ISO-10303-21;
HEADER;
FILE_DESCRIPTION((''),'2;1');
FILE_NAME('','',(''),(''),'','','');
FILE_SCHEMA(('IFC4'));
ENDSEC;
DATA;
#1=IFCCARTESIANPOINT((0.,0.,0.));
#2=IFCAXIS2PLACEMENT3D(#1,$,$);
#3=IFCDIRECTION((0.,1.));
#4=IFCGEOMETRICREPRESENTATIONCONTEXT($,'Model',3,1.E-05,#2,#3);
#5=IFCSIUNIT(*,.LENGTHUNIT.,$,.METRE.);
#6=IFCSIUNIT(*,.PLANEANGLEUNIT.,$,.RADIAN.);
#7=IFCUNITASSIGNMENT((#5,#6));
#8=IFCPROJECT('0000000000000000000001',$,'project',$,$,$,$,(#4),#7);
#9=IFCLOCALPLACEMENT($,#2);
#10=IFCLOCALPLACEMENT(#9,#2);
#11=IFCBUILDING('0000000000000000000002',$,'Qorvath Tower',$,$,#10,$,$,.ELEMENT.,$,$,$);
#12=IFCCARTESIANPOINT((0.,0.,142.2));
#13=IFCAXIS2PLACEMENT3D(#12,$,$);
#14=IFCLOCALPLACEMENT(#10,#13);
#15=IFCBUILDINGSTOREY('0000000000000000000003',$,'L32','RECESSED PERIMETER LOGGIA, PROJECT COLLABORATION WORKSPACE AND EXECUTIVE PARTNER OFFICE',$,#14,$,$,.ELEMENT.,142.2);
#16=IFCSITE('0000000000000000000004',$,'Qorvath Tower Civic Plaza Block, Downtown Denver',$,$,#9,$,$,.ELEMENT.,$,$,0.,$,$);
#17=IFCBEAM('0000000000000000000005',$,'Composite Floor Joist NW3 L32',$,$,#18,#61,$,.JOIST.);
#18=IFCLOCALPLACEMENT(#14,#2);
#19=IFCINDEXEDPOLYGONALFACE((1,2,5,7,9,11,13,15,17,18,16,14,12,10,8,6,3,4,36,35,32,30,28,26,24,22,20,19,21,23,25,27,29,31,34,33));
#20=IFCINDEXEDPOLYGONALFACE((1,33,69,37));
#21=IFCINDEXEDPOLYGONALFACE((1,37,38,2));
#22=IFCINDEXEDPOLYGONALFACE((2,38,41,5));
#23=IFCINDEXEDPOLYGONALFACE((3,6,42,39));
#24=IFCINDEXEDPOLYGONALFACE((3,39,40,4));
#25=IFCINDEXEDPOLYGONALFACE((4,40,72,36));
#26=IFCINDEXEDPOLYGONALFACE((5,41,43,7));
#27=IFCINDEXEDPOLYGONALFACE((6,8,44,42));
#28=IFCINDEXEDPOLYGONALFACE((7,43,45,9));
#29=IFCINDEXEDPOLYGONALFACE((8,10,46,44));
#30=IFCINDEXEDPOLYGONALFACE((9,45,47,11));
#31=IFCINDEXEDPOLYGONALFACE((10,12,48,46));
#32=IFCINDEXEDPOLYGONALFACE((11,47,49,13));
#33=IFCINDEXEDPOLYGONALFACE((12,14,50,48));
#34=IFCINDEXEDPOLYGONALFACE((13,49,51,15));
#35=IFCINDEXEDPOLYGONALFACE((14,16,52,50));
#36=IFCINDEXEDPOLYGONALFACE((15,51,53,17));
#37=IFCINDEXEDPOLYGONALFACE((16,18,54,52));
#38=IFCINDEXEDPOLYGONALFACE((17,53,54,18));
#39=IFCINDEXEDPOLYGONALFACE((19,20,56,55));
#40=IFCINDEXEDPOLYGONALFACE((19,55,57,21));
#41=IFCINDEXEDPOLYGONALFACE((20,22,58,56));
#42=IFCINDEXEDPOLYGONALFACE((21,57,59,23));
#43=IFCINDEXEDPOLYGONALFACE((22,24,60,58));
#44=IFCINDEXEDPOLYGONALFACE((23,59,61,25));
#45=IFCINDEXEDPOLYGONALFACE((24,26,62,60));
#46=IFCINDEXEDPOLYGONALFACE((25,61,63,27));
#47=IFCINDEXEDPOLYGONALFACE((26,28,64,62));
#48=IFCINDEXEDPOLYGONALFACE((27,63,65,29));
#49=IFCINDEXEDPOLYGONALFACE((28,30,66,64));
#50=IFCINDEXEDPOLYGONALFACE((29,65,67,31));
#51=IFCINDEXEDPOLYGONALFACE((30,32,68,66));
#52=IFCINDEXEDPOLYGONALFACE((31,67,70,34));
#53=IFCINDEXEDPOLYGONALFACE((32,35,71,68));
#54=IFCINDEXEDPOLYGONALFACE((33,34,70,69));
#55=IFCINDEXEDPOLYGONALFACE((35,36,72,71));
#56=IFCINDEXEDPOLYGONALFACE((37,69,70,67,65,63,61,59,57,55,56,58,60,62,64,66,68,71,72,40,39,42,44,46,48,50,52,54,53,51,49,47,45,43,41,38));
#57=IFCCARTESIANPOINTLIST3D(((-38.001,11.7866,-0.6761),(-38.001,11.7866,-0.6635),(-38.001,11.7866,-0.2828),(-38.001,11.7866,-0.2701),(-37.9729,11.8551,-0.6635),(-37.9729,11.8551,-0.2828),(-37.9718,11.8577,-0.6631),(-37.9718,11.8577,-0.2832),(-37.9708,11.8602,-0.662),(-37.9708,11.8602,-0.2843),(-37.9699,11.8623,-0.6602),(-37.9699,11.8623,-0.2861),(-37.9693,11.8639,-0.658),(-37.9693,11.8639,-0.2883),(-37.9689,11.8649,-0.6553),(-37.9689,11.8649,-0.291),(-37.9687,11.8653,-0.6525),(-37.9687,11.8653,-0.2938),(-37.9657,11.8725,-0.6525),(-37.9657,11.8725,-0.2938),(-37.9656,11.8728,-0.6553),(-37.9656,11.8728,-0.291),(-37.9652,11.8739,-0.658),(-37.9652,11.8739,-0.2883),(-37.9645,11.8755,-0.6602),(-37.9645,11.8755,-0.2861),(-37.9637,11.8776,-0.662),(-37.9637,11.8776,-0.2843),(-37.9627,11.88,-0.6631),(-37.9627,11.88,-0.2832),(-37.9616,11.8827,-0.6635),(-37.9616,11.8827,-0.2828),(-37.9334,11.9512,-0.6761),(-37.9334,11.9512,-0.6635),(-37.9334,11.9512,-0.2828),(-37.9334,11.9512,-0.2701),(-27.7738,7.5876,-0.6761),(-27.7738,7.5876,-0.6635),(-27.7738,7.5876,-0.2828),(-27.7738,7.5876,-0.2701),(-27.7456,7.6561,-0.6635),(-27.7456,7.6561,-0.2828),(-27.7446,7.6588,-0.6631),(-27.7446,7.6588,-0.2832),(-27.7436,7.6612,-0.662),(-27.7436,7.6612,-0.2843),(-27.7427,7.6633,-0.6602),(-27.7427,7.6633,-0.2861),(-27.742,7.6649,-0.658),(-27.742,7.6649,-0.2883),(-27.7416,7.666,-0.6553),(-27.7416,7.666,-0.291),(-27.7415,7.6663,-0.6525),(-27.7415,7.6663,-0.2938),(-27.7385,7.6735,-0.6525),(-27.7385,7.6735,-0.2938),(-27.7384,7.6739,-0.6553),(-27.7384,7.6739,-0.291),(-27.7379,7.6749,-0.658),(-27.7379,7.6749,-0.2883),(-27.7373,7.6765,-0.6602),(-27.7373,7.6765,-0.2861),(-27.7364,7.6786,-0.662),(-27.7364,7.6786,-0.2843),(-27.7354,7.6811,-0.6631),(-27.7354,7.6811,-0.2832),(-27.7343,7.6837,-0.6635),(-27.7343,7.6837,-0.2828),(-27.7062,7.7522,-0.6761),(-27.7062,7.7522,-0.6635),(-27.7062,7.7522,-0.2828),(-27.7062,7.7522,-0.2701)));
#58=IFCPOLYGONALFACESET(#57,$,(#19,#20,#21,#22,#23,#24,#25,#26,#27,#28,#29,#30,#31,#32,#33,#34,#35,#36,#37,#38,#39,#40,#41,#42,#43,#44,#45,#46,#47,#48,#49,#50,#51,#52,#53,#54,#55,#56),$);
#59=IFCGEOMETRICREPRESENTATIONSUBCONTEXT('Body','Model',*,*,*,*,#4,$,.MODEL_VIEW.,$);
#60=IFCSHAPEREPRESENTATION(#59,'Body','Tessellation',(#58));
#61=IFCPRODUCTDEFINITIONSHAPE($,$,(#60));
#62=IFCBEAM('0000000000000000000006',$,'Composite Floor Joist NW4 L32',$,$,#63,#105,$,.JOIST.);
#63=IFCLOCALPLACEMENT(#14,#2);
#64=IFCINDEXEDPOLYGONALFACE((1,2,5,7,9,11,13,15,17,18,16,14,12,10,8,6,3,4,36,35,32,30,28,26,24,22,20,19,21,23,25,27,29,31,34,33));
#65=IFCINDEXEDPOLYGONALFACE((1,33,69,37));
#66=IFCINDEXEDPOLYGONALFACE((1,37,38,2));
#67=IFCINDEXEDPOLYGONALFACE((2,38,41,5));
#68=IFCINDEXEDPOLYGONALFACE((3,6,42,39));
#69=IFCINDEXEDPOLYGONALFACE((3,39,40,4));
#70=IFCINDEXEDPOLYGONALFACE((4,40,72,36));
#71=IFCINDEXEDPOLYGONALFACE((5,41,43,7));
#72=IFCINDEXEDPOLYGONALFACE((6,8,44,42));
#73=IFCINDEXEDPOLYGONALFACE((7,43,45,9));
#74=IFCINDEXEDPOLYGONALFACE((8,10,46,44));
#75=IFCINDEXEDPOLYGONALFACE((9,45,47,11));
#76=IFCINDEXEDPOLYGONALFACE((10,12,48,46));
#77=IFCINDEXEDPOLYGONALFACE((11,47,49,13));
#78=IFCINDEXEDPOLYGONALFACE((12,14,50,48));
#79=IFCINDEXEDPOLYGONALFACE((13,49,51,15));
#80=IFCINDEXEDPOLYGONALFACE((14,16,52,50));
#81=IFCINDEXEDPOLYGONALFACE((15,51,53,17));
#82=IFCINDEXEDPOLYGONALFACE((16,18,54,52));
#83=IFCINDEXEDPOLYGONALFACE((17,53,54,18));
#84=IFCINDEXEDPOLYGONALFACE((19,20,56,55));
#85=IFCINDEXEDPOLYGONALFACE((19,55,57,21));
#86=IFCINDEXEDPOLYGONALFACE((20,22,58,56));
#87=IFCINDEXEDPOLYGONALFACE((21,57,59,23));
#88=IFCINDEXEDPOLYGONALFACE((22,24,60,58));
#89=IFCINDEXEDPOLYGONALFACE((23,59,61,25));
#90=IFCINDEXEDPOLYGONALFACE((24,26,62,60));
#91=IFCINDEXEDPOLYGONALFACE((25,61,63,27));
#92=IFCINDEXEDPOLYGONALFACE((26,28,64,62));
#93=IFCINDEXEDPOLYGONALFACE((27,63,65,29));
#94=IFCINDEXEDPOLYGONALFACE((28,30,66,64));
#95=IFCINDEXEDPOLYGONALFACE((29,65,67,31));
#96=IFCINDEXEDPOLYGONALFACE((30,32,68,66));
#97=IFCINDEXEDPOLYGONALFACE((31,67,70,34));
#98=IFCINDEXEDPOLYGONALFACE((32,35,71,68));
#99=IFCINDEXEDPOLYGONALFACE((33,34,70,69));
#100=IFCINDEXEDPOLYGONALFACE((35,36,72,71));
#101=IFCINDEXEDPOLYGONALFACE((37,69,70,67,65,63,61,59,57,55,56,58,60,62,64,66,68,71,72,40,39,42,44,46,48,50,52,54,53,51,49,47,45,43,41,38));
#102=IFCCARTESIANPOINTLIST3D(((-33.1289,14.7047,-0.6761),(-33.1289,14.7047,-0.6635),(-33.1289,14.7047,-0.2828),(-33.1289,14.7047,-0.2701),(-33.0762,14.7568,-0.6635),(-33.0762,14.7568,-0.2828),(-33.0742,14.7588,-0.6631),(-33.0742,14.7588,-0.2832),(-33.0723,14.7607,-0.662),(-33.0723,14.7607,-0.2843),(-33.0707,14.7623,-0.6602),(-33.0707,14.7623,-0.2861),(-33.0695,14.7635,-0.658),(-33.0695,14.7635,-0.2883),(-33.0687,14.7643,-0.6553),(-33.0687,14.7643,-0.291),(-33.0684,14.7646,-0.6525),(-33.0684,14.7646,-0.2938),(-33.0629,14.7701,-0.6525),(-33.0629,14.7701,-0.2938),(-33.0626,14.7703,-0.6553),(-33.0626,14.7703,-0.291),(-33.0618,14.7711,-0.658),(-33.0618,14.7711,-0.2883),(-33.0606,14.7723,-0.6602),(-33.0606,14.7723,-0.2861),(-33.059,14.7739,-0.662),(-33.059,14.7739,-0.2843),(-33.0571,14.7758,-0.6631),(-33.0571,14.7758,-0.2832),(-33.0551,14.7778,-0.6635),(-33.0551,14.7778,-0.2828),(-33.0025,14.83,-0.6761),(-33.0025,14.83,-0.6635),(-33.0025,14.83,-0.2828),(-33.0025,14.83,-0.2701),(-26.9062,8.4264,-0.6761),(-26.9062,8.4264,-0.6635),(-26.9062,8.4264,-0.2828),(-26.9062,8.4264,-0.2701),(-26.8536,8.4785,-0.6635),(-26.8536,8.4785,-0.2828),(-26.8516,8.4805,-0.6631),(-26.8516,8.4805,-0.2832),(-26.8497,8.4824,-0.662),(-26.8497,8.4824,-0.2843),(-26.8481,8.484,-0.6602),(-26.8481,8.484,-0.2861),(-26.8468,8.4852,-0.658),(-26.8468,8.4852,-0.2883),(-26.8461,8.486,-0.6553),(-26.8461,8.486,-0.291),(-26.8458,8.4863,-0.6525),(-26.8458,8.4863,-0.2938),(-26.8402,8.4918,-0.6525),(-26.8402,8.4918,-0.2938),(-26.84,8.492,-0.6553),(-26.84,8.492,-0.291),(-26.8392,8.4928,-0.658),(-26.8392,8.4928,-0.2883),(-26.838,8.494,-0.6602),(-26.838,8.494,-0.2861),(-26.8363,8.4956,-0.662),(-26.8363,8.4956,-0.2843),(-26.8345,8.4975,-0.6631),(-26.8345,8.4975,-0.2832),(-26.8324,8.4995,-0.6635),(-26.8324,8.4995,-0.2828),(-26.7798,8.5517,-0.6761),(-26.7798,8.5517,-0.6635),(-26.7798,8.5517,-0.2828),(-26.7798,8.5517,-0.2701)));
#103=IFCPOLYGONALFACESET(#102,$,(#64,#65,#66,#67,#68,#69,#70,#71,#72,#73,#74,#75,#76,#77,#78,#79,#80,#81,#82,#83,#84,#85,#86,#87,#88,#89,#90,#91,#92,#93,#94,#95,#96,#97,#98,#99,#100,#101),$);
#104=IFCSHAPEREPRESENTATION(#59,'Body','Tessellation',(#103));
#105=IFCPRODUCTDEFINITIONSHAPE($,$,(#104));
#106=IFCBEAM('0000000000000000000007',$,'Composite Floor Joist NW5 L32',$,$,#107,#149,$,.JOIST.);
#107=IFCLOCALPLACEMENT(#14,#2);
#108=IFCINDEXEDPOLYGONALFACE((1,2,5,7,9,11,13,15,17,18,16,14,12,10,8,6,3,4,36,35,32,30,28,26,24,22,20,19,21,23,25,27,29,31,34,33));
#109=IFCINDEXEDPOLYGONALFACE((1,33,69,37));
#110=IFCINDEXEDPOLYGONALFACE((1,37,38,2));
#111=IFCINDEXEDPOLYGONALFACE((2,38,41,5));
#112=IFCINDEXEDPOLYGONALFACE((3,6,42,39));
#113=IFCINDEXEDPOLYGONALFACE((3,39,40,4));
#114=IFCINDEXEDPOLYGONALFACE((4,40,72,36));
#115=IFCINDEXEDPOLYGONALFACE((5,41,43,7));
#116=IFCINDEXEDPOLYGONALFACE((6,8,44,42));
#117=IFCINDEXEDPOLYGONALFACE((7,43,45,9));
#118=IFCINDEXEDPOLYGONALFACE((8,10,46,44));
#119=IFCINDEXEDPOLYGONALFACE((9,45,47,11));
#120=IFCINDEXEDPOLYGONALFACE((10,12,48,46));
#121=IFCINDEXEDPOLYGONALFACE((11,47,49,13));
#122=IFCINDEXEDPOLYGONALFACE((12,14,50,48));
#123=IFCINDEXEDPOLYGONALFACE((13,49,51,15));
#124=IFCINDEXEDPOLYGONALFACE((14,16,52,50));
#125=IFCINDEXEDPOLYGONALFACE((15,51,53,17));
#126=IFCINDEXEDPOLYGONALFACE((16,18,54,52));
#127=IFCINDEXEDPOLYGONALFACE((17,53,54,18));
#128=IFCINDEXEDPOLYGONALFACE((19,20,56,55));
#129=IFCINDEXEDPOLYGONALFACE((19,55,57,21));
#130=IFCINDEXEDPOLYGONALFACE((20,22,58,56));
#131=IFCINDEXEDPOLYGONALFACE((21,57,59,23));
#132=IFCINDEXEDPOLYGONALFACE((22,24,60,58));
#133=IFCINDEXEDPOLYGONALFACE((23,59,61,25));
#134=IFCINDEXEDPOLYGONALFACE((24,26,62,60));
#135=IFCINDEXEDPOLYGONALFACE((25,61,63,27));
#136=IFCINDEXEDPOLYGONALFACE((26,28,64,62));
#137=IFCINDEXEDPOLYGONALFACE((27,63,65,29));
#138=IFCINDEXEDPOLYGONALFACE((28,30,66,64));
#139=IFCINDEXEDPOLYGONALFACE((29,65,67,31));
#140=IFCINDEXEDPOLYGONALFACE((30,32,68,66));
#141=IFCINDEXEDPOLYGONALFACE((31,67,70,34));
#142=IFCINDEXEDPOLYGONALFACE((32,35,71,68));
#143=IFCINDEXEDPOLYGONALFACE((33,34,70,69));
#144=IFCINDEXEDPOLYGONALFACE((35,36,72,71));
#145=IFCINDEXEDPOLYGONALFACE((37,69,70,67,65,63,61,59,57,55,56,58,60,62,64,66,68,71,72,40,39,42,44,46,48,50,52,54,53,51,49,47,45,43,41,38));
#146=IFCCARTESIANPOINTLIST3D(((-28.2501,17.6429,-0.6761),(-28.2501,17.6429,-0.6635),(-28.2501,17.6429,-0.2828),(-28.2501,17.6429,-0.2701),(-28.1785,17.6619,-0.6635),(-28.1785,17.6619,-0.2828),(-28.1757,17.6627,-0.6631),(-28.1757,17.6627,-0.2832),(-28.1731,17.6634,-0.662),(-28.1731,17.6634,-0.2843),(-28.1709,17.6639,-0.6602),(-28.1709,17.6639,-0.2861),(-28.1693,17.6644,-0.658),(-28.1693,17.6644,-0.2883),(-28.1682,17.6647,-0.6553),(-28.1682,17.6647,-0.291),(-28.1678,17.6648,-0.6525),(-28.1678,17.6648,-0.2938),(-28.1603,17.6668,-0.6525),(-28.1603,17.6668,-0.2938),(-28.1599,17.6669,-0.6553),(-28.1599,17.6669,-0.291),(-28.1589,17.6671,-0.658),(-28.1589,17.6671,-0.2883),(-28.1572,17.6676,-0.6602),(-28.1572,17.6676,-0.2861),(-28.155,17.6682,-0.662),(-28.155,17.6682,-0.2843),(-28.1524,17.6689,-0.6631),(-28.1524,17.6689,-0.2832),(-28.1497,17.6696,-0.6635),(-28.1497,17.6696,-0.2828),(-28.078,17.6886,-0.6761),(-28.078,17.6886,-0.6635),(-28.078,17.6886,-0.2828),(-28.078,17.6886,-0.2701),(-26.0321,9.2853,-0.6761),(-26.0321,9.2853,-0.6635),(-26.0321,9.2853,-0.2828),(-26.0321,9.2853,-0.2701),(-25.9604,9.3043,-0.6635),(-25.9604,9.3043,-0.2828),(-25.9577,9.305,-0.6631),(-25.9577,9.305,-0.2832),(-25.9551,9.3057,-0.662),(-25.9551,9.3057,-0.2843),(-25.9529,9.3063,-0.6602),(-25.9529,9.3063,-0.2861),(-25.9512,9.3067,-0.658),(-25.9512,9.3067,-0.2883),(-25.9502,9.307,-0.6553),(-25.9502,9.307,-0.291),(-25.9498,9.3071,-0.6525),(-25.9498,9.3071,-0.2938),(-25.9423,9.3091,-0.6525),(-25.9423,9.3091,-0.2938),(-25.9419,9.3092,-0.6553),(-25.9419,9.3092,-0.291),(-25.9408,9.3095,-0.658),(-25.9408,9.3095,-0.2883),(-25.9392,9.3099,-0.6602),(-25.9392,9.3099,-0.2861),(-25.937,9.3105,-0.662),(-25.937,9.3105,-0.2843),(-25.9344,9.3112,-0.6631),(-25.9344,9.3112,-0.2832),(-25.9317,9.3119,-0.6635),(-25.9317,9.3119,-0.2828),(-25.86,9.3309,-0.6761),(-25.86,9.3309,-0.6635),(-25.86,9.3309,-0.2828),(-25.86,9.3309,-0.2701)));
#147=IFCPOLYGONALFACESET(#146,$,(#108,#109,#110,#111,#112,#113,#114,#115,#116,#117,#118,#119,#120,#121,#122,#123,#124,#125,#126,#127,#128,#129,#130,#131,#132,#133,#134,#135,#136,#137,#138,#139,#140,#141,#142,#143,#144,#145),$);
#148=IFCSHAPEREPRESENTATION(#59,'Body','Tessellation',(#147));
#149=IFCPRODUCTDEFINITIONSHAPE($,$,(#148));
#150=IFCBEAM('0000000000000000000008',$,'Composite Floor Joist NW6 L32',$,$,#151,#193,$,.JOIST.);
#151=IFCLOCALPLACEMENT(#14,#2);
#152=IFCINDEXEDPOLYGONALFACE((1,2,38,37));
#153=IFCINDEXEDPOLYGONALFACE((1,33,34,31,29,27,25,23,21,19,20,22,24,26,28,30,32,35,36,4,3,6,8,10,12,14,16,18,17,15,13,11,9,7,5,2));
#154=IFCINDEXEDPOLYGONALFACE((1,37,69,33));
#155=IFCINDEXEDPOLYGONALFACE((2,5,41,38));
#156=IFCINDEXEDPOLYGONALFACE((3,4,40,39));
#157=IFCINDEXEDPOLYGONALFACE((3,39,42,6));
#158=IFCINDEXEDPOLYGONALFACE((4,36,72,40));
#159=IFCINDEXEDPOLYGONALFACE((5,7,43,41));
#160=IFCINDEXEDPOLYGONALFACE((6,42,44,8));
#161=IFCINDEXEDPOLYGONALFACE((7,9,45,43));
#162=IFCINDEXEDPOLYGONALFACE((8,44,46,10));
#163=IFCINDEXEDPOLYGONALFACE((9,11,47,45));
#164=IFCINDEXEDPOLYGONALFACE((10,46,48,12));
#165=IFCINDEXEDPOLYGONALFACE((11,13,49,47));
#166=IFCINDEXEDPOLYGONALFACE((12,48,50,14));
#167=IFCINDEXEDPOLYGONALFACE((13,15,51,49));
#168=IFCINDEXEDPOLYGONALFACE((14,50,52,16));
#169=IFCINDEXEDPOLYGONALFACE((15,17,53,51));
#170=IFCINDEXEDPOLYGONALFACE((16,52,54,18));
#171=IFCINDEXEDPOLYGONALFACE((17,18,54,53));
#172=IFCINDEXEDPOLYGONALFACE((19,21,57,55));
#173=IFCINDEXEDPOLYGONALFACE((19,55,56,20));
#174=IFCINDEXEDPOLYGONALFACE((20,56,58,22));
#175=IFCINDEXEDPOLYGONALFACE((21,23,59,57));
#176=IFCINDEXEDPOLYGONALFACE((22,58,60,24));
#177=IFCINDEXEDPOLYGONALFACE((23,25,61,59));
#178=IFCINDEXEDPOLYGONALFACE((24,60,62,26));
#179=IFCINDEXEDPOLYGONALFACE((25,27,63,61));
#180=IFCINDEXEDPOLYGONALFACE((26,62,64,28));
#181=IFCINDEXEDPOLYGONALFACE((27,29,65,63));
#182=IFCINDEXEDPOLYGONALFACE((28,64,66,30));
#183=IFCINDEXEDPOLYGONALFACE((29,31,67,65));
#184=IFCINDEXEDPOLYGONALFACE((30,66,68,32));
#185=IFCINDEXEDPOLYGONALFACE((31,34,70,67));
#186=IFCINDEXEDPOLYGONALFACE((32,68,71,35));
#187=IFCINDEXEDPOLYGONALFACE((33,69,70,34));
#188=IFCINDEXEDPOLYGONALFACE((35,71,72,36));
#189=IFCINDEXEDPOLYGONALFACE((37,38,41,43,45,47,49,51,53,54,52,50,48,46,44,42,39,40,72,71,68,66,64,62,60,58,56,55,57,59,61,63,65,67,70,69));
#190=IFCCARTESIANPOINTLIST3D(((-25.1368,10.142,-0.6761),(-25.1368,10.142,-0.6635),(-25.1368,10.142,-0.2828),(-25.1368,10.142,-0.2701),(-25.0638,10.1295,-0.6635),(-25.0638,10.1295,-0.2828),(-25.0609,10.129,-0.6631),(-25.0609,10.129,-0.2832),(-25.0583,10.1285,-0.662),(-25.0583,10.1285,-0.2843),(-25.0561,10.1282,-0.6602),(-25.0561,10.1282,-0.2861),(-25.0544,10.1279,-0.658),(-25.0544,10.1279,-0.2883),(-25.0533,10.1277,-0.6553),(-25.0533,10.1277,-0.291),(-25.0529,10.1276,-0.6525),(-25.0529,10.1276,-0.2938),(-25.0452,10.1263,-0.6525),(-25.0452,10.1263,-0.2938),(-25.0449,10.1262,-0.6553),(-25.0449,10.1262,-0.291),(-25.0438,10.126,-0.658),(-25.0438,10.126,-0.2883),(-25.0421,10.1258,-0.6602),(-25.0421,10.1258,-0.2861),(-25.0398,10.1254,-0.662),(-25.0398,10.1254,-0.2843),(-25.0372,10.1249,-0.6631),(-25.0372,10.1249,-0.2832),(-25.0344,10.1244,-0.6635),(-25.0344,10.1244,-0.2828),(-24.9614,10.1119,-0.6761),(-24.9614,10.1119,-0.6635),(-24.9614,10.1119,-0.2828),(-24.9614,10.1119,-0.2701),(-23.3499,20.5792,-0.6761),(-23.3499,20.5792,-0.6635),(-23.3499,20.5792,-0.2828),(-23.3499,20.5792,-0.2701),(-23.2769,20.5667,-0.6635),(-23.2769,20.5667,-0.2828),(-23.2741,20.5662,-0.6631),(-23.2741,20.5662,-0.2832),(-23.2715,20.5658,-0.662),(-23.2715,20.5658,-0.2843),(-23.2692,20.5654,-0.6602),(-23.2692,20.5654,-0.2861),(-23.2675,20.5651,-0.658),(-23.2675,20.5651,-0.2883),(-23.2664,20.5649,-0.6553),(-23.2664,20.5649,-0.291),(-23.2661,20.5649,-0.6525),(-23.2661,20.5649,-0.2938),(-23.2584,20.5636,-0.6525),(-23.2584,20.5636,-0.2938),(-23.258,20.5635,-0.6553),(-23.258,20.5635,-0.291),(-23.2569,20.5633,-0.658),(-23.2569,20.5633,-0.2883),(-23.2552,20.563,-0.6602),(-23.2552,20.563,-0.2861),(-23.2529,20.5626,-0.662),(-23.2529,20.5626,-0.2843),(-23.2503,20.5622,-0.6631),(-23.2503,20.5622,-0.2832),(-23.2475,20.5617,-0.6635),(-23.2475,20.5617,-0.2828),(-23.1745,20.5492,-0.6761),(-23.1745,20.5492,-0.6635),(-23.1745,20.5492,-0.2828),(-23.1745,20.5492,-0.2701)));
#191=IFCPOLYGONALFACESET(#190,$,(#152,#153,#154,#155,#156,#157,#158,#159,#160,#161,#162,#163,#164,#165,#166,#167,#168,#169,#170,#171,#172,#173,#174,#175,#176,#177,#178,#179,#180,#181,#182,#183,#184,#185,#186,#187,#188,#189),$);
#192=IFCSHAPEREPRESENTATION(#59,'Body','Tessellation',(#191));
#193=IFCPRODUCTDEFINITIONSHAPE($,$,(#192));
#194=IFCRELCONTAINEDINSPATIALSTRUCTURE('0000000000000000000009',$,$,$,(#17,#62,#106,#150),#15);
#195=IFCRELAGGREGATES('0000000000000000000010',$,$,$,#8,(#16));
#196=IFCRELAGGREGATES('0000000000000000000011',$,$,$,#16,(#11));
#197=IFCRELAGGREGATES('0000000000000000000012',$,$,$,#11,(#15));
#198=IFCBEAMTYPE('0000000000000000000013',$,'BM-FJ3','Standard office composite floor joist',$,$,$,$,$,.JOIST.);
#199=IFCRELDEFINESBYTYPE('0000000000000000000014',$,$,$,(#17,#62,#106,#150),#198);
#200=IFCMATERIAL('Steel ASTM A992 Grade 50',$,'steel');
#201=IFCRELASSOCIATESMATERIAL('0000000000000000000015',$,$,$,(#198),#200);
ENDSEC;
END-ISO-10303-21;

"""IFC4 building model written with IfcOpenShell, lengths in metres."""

from ifc_helpers import new_model, si_unit, direction, frame, origin, origin_2d, place, context, subcontext, project, spatial, i_section, extrude, material, material_profile, profile_set, type_object, element, save


model = new_model("IFC4")

# Units and contexts
model_context = context("Model", 3, precision=1e-05, world=origin(), true_north=direction((0.0, 1.0)))
body_context = subcontext(model_context, "Body", "Model", "MODEL_VIEW")
ifc_project = project(units=[si_unit("LENGTHUNIT", "METRE"), si_unit("PLANEANGLEUNIT", "RADIAN")], contexts=[model_context])

# Site, building, storey
site_placement = place(None, origin())
site = spatial("IfcSite", under=ifc_project, at=site_placement, Name="Qorvath Tower Civic Plaza Block, Downtown Denver", CompositionType="ELEMENT", RefElevation=0.0)
building_placement = place(site_placement, origin())
building = spatial("IfcBuilding", under=site, at=building_placement, Name="Qorvath Tower", CompositionType="ELEMENT")
storey_placement = place(building_placement, frame((0.0, 0.0, 142.2)))
storey = spatial("IfcBuildingStorey", under=building, at=storey_placement, Name="L32", Description="RECESSED PERIMETER LOGGIA, PROJECT COLLABORATION WORKSPACE AND EXECUTIVE PARTNER OFFICE", CompositionType="ELEMENT", Elevation=142.2)

# Beams
ifc_material_1 = material(Name="Steel ASTM A992 Grade 50", Category="steel")
ifc_material_profile_1 = material_profile(ifc_material_1, i_section(OverallWidth=0.178, OverallDepth=0.406, WebThickness=0.0078, FlangeThickness=0.0127, FilletRadius=0.011, at=origin_2d()), Name="W16x40")
ifc_profile_set_1 = profile_set([ifc_material_profile_1], Name="Steel ASTM A992 Grade 50")
beam_type_1 = type_object("IfcBeamType", Name="BM-FJ3", Description="Standard office composite floor joist", PredefinedType="JOIST", material=ifc_profile_set_1)
beam_1_placement = place(storey_placement, frame((-27.74, 7.6699, -0.4731), z_axis=(-0.925068, 0.379801, 0.0), x_axis=(-0.379801, -0.925068, 0.0)))
element("IfcBeam", 1, at=beam_1_placement, inside=storey, type_object=beam_type_1, Name="Composite Floor Joist NW3 L32", PredefinedType="JOIST", context=body_context, shape_type="SweptSolid", body=[
    extrude(i_section(OverallWidth=0.178, OverallDepth=0.406, WebThickness=0.0078, FlangeThickness=0.0127, FilletRadius=0.011, at=origin_2d()), origin(), (0.0, 0.0, 1.0), 11.0557),
])
beam_2_placement = place(storey_placement, frame((-26.843, 8.489, -0.4731), z_axis=(-0.703951, 0.710248, 0.0), x_axis=(-0.710248, -0.703951, 0.0)))
element("IfcBeam", 2, at=beam_2_placement, inside=storey, type_object=beam_type_1, Name="Composite Floor Joist NW4 L32", PredefinedType="JOIST", context=body_context, shape_type="SweptSolid", body=[
    extrude(i_section(OverallWidth=0.178, OverallDepth=0.406, WebThickness=0.0078, FlangeThickness=0.0127, FilletRadius=0.011, at=origin_2d()), origin(), (0.0, 0.0, 1.0), 8.8396),
])
beam_3_placement = place(storey_placement, frame((-25.946, 9.3081, -0.4731), z_axis=(-0.256508, 0.966542, 0.0), x_axis=(-0.966542, -0.256508, 0.0)))
element("IfcBeam", 3, at=beam_3_placement, inside=storey, type_object=beam_type_1, Name="Composite Floor Joist NW5 L32", PredefinedType="JOIST", context=body_context, shape_type="SweptSolid", body=[
    extrude(i_section(OverallWidth=0.178, OverallDepth=0.406, WebThickness=0.0078, FlangeThickness=0.0127, FilletRadius=0.011, at=origin_2d()), origin(), (0.0, 0.0, 1.0), 8.647),
])
beam_4_placement = place(storey_placement, frame((-25.0491, 10.127, -0.4731), z_axis=(0.168746, 0.98566, 0.0), x_axis=(-0.98566, 0.168746, 0.0)))
element("IfcBeam", 4, at=beam_4_placement, inside=storey, type_object=beam_type_1, Name="Composite Floor Joist NW6 L32", PredefinedType="JOIST", context=body_context, shape_type="SweptSolid", body=[
    extrude(i_section(OverallWidth=0.178, OverallDepth=0.406, WebThickness=0.0078, FlangeThickness=0.0127, FilletRadius=0.011, at=origin_2d()), origin(), (0.0, 0.0, 1.0), 10.5891),
])

save(model, "model.ifc")
